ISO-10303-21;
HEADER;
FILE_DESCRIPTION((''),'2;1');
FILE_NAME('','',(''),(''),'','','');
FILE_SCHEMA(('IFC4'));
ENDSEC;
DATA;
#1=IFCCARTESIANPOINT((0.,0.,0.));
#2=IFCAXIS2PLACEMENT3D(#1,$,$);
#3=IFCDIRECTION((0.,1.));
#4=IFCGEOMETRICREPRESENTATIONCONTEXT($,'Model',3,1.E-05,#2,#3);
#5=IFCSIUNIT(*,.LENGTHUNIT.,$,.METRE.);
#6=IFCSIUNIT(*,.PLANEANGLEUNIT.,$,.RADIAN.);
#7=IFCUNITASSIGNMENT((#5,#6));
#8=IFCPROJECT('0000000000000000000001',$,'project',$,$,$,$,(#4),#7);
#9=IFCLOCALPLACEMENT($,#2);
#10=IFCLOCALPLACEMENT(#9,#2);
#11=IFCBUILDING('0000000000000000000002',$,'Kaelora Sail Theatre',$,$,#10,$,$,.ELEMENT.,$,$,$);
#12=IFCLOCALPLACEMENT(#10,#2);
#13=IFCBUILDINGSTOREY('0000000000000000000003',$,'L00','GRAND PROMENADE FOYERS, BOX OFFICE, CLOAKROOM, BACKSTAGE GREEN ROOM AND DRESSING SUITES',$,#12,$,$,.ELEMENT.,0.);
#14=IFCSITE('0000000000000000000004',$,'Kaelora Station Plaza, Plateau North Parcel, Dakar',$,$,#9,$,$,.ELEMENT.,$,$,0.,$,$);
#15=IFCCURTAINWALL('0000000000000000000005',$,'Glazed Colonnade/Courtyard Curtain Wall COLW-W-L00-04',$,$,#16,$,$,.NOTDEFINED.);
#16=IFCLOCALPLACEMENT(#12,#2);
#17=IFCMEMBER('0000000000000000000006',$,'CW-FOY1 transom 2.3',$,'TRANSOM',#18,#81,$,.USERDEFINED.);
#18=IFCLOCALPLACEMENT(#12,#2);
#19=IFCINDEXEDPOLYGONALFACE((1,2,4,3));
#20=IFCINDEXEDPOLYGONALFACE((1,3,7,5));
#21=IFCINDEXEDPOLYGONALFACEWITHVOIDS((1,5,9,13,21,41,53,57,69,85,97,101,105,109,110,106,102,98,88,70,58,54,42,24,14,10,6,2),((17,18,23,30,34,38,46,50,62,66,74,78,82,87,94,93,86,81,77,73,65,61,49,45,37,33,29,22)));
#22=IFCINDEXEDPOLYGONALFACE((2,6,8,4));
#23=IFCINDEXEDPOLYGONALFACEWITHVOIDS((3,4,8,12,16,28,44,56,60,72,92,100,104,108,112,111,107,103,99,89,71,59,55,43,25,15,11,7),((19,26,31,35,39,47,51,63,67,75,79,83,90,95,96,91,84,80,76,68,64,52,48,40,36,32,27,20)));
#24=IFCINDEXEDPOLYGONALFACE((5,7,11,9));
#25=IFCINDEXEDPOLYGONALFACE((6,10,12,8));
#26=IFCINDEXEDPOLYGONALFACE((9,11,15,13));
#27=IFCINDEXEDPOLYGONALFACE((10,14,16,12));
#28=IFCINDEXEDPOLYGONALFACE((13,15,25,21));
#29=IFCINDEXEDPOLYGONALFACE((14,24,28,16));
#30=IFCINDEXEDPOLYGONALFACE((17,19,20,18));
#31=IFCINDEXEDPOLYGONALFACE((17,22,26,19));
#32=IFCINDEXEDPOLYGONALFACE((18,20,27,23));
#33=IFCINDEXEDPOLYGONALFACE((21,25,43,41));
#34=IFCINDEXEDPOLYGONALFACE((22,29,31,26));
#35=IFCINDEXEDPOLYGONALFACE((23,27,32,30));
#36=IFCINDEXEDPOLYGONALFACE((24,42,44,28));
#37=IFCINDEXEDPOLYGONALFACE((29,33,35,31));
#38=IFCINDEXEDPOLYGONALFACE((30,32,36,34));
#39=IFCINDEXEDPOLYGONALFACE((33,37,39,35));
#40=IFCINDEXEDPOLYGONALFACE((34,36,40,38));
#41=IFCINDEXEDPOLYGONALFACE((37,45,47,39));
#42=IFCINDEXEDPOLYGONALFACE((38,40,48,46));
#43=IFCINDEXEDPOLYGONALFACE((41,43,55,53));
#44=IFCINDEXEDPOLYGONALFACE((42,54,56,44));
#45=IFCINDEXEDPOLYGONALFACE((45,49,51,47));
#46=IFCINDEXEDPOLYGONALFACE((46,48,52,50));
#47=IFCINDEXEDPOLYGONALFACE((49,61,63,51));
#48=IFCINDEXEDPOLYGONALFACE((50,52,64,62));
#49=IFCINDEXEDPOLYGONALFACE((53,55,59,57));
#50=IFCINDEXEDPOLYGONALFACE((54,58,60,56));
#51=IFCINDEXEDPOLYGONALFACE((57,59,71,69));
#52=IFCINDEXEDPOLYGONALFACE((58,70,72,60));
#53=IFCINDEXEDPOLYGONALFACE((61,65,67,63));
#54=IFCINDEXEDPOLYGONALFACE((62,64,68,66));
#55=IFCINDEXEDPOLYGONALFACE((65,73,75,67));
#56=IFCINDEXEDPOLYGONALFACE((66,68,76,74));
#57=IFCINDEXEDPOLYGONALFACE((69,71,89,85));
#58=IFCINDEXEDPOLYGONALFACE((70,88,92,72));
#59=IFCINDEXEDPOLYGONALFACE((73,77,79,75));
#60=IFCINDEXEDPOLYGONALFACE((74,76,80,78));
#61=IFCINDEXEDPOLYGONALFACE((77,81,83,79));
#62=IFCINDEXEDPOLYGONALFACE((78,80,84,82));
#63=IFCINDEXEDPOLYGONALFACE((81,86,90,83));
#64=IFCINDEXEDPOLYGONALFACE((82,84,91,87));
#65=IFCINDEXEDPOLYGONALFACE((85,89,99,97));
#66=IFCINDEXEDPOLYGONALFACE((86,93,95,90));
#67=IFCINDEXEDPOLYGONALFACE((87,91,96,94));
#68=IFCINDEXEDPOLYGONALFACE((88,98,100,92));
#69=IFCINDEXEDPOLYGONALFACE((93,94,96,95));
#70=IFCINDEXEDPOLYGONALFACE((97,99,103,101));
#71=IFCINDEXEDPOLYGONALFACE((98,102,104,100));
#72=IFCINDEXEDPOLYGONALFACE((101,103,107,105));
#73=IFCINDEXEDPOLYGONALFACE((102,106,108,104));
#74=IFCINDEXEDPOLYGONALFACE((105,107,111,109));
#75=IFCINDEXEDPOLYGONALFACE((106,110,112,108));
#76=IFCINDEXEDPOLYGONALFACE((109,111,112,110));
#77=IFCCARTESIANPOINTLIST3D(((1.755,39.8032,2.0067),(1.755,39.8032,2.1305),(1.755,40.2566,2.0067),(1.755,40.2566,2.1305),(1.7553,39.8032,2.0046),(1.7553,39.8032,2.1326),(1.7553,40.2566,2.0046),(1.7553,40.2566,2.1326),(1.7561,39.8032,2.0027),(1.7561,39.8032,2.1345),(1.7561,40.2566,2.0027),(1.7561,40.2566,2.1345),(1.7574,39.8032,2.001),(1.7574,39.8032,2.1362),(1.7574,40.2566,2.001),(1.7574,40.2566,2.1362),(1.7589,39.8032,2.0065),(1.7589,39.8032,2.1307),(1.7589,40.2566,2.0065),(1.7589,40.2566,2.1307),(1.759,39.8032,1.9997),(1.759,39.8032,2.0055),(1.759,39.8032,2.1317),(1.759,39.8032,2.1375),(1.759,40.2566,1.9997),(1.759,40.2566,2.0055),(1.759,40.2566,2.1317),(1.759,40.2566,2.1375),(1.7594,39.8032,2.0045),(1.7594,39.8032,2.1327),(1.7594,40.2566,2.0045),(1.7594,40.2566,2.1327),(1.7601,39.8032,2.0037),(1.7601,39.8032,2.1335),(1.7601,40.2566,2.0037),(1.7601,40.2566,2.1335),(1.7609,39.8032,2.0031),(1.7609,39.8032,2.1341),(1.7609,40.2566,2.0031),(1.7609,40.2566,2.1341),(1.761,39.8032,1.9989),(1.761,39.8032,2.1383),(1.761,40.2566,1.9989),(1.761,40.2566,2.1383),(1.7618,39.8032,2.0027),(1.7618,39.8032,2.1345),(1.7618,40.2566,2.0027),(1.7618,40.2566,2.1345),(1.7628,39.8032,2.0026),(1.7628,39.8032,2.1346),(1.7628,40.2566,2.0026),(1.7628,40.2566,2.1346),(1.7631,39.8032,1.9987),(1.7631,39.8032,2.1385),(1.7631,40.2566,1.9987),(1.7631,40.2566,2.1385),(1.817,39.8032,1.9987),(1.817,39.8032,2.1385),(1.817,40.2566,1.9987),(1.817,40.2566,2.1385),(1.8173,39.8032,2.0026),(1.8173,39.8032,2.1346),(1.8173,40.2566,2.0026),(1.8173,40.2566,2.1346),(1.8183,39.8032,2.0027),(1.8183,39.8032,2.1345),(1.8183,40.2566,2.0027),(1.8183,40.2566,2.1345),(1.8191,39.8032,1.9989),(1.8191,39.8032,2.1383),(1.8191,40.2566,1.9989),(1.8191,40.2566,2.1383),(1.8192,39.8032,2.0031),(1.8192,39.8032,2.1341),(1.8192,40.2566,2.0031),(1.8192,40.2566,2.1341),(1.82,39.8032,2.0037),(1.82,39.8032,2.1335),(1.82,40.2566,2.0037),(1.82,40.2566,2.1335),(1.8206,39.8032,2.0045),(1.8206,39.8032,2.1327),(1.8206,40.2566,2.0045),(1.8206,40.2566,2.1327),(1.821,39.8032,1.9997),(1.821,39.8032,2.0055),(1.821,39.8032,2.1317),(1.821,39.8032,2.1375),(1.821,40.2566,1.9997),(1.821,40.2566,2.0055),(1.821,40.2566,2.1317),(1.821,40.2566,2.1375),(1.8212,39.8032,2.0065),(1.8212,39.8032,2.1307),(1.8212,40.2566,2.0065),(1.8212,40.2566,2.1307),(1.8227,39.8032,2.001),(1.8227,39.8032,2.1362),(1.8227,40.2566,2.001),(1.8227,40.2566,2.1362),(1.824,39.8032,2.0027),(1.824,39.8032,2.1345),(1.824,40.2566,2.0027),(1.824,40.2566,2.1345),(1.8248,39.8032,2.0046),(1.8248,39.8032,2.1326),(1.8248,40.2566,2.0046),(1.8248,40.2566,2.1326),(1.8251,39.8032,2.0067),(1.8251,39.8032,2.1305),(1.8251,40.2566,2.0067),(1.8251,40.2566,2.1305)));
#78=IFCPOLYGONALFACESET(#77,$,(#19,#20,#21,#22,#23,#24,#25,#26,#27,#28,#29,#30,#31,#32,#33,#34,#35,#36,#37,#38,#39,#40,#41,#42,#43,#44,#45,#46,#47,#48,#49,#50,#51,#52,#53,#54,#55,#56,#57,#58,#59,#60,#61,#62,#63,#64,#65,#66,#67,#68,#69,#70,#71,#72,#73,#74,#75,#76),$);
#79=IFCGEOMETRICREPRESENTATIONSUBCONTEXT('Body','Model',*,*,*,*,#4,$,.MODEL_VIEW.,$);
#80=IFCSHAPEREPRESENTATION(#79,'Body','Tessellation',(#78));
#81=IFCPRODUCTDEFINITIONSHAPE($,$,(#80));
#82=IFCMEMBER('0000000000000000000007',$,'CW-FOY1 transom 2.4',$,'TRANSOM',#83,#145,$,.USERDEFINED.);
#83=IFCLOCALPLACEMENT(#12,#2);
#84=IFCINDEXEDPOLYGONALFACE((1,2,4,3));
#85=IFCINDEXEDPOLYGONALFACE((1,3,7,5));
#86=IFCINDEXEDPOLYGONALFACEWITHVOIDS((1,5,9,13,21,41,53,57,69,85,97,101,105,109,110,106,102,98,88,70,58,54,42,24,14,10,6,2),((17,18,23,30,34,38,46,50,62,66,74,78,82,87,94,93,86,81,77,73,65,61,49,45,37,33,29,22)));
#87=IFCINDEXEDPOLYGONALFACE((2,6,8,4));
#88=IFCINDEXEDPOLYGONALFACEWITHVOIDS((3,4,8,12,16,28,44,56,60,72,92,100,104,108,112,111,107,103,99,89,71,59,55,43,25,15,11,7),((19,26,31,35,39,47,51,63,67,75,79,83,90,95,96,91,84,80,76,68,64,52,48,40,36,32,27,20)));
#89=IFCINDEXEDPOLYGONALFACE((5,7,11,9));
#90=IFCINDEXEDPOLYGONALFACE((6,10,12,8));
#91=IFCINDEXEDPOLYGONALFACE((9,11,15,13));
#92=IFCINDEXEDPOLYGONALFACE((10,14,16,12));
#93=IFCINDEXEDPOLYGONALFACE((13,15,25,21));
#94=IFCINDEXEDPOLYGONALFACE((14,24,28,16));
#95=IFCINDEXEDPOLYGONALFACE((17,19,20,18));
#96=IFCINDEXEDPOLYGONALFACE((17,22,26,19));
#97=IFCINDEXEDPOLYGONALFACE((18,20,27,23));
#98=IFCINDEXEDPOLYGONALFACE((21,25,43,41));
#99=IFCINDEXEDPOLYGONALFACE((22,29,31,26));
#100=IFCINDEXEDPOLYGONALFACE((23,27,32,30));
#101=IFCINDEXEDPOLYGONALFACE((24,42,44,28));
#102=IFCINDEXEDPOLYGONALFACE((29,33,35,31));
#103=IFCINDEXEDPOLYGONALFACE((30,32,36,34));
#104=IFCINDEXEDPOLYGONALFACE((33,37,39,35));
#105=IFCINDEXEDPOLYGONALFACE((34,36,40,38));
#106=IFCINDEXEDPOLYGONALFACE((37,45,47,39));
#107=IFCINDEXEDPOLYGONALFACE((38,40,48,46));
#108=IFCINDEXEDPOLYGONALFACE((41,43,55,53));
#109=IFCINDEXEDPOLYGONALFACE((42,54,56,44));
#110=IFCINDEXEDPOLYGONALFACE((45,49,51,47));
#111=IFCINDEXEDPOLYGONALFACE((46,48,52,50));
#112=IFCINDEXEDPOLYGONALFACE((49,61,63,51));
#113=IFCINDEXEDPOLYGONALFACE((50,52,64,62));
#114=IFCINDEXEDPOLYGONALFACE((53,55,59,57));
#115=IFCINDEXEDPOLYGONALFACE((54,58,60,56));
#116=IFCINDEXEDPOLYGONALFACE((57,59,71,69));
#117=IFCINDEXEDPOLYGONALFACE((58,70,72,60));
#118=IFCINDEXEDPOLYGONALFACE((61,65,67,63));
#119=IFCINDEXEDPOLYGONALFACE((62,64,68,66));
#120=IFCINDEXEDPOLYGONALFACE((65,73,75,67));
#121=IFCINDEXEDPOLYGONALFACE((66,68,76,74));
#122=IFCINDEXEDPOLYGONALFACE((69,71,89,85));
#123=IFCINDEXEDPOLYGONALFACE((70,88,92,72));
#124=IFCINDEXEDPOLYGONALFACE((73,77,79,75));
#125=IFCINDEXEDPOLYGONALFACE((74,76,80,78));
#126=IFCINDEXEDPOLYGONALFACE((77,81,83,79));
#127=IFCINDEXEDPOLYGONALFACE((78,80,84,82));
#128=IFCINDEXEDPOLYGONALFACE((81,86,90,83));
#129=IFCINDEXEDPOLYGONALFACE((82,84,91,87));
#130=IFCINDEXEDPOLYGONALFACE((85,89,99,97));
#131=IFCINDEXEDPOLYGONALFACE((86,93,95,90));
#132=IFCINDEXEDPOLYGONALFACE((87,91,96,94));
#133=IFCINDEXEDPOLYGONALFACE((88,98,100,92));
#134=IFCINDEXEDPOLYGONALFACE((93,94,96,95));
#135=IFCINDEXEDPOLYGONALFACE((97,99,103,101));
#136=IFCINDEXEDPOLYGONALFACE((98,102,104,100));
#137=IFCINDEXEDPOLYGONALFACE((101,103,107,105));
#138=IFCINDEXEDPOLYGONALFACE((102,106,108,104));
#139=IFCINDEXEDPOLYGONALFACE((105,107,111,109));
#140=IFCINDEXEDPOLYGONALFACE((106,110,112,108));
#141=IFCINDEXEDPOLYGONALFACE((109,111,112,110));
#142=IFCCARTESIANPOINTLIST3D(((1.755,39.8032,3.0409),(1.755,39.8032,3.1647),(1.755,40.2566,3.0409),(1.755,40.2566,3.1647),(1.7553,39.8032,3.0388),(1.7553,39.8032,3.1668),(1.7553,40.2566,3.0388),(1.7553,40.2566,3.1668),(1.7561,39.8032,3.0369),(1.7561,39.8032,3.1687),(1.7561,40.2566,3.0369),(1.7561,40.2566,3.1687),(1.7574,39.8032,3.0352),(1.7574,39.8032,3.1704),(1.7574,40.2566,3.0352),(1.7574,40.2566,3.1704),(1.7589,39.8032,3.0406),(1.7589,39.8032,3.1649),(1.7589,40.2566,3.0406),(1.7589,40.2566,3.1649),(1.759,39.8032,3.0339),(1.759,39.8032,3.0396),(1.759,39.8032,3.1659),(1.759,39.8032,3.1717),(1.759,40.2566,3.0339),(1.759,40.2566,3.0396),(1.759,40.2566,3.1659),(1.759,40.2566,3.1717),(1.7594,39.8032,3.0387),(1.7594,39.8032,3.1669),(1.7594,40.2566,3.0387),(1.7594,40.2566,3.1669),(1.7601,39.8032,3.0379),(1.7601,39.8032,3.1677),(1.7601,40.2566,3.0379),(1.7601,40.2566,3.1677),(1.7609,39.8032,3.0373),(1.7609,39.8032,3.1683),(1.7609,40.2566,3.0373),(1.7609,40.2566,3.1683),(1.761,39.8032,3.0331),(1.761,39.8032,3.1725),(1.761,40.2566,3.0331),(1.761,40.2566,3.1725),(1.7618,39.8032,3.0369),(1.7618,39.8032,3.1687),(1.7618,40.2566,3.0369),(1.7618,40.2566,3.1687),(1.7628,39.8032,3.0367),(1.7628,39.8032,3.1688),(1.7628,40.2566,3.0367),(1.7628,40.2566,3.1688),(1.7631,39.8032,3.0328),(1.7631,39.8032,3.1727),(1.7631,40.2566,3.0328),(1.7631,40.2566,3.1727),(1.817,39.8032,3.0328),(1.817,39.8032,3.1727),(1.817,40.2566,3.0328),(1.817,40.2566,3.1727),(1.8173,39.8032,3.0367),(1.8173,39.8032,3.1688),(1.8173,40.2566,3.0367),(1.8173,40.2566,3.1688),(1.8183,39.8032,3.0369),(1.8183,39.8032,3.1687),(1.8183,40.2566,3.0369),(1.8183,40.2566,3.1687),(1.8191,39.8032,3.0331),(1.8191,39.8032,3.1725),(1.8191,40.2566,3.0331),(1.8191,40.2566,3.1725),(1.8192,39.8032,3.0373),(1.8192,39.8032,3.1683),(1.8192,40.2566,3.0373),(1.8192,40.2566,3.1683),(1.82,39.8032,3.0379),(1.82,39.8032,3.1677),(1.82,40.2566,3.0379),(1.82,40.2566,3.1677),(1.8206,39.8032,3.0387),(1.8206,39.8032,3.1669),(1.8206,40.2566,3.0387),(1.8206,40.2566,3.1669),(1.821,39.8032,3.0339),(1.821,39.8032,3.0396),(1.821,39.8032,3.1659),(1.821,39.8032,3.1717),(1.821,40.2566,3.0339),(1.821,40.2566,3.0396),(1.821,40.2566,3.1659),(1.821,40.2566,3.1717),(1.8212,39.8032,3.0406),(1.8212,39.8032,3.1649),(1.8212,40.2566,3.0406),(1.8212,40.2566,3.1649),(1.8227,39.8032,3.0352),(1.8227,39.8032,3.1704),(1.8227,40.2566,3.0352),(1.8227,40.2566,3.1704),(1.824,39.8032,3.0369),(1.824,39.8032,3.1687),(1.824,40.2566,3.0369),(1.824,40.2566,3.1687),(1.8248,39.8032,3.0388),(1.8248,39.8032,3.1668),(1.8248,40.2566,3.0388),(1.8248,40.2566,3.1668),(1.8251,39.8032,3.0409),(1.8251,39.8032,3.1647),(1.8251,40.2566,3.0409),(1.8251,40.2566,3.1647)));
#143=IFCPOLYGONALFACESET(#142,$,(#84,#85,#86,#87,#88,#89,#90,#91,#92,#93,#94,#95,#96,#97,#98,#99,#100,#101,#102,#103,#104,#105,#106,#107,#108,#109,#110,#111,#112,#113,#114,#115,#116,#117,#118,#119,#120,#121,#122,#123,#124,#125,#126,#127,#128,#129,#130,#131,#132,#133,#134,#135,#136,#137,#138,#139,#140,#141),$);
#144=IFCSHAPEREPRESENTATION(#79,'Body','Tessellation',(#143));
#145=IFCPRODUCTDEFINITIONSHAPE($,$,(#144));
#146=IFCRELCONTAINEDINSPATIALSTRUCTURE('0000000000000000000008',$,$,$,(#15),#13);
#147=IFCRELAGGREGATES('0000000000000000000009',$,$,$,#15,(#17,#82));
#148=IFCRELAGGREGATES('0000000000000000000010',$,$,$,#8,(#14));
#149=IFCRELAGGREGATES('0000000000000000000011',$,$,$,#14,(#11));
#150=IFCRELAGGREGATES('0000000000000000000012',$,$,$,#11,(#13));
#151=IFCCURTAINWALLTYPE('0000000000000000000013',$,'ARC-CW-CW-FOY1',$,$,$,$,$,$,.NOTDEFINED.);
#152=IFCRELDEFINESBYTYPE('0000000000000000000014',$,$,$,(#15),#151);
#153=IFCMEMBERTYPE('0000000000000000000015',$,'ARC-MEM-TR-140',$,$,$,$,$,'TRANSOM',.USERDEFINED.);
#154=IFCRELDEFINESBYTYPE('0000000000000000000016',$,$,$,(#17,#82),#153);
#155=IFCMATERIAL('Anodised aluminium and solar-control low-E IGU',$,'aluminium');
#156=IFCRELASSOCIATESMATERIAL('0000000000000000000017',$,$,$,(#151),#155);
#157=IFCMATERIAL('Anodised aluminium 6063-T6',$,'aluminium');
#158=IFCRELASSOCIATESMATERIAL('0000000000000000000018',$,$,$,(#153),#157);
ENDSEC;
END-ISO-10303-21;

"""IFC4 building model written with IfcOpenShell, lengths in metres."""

from ifc_helpers import new_model, si_unit, direction, frame, origin, origin_2d, place, context, subcontext, project, spatial, hollow_rectangle, extrude, material, material_profile, profile_set, type_object, element, aggregate, save


model = new_model("IFC4")

# Units and contexts
model_context = context("Model", 3, precision=1e-05, world=origin(), true_north=direction((0.0, 1.0)))
body_context = subcontext(model_context, "Body", "Model", "MODEL_VIEW")
ifc_project = project(units=[si_unit("LENGTHUNIT", "METRE"), si_unit("PLANEANGLEUNIT", "RADIAN")], contexts=[model_context])

# Site, building, storey
site_placement = place(None, origin())
site = spatial("IfcSite", under=ifc_project, at=site_placement, Name="Kaelora Station Plaza, Plateau North Parcel, Dakar", CompositionType="ELEMENT", RefElevation=0.0)
building_placement = place(site_placement, origin())
building = spatial("IfcBuilding", under=site, at=building_placement, Name="Kaelora Sail Theatre", CompositionType="ELEMENT")
storey_placement = place(building_placement, origin())
storey = spatial("IfcBuildingStorey", under=building, at=storey_placement, Name="L00", Description="GRAND PROMENADE FOYERS, BOX OFFICE, CLOAKROOM, BACKSTAGE GREEN ROOM AND DRESSING SUITES", CompositionType="ELEMENT", Elevation=0.0)

# Curtain wall, members
ifc_material_1 = material(Name="Anodised aluminium and solar-control low-E IGU", Category="aluminium")
curtain_wall_type = type_object("IfcCurtainWallType", Name="ARC-CW-CW-FOY1", PredefinedType="NOTDEFINED", material=ifc_material_1)
curtain_wall_placement = place(storey_placement, origin())
curtain_wall = element("IfcCurtainWall", 1, at=curtain_wall_placement, inside=storey, type_object=curtain_wall_type, Name="Glazed Colonnade/Courtyard Curtain Wall COLW-W-L00-04", PredefinedType="NOTDEFINED")
ifc_material_2 = material(Name="Anodised aluminium 6063-T6", Category="aluminium")
ifc_material_profile_1 = material_profile(ifc_material_2, hollow_rectangle(XDim=0.0701, YDim=0.1399, WallThickness=0.0039, InnerFilletRadius=0.0039, OuterFilletRadius=0.0081, at=origin_2d()), Name="ALU-TRAN 70x140x4")
ifc_profile_set_1 = profile_set([ifc_material_profile_1], Name="Anodised aluminium 6063-T6")
member_type_1 = type_object("IfcMemberType", Name="ARC-MEM-TR-140", ElementType="TRANSOM", PredefinedType="USERDEFINED", material=ifc_profile_set_1)
member_1_placement = place(storey_placement, frame((1.79, 39.8032, 2.0686), z_axis=(0.0, 1.0, 0.0), x_axis=(-1.0, 0.0, 0.0)))
member_1 = element("IfcMember", 2, at=member_1_placement, type_object=member_type_1, Name="CW-FOY1 transom 2.3", ObjectType="TRANSOM", PredefinedType="USERDEFINED", context=body_context, shape_type="SweptSolid", body=[
    extrude(hollow_rectangle(XDim=0.0701, YDim=0.1399, WallThickness=0.0039, InnerFilletRadius=0.0039, OuterFilletRadius=0.0081, at=origin_2d()), origin(), (0.0, 0.0, 1.0), 0.4534),
])
member_2_placement = place(storey_placement, frame((1.79, 39.8032, 3.1028), z_axis=(0.0, 1.0, 0.0), x_axis=(-1.0, 0.0, 0.0)))
member_2 = element("IfcMember", 3, at=member_2_placement, type_object=member_type_1, Name="CW-FOY1 transom 2.4", ObjectType="TRANSOM", PredefinedType="USERDEFINED", context=body_context, shape_type="SweptSolid", body=[
    extrude(hollow_rectangle(XDim=0.0701, YDim=0.1399, WallThickness=0.0039, InnerFilletRadius=0.0039, OuterFilletRadius=0.0081, at=origin_2d()), origin(), (0.0, 0.0, 1.0), 0.4534),
])
aggregate(curtain_wall, [member_1, member_2])

save(model, "model.ifc")
